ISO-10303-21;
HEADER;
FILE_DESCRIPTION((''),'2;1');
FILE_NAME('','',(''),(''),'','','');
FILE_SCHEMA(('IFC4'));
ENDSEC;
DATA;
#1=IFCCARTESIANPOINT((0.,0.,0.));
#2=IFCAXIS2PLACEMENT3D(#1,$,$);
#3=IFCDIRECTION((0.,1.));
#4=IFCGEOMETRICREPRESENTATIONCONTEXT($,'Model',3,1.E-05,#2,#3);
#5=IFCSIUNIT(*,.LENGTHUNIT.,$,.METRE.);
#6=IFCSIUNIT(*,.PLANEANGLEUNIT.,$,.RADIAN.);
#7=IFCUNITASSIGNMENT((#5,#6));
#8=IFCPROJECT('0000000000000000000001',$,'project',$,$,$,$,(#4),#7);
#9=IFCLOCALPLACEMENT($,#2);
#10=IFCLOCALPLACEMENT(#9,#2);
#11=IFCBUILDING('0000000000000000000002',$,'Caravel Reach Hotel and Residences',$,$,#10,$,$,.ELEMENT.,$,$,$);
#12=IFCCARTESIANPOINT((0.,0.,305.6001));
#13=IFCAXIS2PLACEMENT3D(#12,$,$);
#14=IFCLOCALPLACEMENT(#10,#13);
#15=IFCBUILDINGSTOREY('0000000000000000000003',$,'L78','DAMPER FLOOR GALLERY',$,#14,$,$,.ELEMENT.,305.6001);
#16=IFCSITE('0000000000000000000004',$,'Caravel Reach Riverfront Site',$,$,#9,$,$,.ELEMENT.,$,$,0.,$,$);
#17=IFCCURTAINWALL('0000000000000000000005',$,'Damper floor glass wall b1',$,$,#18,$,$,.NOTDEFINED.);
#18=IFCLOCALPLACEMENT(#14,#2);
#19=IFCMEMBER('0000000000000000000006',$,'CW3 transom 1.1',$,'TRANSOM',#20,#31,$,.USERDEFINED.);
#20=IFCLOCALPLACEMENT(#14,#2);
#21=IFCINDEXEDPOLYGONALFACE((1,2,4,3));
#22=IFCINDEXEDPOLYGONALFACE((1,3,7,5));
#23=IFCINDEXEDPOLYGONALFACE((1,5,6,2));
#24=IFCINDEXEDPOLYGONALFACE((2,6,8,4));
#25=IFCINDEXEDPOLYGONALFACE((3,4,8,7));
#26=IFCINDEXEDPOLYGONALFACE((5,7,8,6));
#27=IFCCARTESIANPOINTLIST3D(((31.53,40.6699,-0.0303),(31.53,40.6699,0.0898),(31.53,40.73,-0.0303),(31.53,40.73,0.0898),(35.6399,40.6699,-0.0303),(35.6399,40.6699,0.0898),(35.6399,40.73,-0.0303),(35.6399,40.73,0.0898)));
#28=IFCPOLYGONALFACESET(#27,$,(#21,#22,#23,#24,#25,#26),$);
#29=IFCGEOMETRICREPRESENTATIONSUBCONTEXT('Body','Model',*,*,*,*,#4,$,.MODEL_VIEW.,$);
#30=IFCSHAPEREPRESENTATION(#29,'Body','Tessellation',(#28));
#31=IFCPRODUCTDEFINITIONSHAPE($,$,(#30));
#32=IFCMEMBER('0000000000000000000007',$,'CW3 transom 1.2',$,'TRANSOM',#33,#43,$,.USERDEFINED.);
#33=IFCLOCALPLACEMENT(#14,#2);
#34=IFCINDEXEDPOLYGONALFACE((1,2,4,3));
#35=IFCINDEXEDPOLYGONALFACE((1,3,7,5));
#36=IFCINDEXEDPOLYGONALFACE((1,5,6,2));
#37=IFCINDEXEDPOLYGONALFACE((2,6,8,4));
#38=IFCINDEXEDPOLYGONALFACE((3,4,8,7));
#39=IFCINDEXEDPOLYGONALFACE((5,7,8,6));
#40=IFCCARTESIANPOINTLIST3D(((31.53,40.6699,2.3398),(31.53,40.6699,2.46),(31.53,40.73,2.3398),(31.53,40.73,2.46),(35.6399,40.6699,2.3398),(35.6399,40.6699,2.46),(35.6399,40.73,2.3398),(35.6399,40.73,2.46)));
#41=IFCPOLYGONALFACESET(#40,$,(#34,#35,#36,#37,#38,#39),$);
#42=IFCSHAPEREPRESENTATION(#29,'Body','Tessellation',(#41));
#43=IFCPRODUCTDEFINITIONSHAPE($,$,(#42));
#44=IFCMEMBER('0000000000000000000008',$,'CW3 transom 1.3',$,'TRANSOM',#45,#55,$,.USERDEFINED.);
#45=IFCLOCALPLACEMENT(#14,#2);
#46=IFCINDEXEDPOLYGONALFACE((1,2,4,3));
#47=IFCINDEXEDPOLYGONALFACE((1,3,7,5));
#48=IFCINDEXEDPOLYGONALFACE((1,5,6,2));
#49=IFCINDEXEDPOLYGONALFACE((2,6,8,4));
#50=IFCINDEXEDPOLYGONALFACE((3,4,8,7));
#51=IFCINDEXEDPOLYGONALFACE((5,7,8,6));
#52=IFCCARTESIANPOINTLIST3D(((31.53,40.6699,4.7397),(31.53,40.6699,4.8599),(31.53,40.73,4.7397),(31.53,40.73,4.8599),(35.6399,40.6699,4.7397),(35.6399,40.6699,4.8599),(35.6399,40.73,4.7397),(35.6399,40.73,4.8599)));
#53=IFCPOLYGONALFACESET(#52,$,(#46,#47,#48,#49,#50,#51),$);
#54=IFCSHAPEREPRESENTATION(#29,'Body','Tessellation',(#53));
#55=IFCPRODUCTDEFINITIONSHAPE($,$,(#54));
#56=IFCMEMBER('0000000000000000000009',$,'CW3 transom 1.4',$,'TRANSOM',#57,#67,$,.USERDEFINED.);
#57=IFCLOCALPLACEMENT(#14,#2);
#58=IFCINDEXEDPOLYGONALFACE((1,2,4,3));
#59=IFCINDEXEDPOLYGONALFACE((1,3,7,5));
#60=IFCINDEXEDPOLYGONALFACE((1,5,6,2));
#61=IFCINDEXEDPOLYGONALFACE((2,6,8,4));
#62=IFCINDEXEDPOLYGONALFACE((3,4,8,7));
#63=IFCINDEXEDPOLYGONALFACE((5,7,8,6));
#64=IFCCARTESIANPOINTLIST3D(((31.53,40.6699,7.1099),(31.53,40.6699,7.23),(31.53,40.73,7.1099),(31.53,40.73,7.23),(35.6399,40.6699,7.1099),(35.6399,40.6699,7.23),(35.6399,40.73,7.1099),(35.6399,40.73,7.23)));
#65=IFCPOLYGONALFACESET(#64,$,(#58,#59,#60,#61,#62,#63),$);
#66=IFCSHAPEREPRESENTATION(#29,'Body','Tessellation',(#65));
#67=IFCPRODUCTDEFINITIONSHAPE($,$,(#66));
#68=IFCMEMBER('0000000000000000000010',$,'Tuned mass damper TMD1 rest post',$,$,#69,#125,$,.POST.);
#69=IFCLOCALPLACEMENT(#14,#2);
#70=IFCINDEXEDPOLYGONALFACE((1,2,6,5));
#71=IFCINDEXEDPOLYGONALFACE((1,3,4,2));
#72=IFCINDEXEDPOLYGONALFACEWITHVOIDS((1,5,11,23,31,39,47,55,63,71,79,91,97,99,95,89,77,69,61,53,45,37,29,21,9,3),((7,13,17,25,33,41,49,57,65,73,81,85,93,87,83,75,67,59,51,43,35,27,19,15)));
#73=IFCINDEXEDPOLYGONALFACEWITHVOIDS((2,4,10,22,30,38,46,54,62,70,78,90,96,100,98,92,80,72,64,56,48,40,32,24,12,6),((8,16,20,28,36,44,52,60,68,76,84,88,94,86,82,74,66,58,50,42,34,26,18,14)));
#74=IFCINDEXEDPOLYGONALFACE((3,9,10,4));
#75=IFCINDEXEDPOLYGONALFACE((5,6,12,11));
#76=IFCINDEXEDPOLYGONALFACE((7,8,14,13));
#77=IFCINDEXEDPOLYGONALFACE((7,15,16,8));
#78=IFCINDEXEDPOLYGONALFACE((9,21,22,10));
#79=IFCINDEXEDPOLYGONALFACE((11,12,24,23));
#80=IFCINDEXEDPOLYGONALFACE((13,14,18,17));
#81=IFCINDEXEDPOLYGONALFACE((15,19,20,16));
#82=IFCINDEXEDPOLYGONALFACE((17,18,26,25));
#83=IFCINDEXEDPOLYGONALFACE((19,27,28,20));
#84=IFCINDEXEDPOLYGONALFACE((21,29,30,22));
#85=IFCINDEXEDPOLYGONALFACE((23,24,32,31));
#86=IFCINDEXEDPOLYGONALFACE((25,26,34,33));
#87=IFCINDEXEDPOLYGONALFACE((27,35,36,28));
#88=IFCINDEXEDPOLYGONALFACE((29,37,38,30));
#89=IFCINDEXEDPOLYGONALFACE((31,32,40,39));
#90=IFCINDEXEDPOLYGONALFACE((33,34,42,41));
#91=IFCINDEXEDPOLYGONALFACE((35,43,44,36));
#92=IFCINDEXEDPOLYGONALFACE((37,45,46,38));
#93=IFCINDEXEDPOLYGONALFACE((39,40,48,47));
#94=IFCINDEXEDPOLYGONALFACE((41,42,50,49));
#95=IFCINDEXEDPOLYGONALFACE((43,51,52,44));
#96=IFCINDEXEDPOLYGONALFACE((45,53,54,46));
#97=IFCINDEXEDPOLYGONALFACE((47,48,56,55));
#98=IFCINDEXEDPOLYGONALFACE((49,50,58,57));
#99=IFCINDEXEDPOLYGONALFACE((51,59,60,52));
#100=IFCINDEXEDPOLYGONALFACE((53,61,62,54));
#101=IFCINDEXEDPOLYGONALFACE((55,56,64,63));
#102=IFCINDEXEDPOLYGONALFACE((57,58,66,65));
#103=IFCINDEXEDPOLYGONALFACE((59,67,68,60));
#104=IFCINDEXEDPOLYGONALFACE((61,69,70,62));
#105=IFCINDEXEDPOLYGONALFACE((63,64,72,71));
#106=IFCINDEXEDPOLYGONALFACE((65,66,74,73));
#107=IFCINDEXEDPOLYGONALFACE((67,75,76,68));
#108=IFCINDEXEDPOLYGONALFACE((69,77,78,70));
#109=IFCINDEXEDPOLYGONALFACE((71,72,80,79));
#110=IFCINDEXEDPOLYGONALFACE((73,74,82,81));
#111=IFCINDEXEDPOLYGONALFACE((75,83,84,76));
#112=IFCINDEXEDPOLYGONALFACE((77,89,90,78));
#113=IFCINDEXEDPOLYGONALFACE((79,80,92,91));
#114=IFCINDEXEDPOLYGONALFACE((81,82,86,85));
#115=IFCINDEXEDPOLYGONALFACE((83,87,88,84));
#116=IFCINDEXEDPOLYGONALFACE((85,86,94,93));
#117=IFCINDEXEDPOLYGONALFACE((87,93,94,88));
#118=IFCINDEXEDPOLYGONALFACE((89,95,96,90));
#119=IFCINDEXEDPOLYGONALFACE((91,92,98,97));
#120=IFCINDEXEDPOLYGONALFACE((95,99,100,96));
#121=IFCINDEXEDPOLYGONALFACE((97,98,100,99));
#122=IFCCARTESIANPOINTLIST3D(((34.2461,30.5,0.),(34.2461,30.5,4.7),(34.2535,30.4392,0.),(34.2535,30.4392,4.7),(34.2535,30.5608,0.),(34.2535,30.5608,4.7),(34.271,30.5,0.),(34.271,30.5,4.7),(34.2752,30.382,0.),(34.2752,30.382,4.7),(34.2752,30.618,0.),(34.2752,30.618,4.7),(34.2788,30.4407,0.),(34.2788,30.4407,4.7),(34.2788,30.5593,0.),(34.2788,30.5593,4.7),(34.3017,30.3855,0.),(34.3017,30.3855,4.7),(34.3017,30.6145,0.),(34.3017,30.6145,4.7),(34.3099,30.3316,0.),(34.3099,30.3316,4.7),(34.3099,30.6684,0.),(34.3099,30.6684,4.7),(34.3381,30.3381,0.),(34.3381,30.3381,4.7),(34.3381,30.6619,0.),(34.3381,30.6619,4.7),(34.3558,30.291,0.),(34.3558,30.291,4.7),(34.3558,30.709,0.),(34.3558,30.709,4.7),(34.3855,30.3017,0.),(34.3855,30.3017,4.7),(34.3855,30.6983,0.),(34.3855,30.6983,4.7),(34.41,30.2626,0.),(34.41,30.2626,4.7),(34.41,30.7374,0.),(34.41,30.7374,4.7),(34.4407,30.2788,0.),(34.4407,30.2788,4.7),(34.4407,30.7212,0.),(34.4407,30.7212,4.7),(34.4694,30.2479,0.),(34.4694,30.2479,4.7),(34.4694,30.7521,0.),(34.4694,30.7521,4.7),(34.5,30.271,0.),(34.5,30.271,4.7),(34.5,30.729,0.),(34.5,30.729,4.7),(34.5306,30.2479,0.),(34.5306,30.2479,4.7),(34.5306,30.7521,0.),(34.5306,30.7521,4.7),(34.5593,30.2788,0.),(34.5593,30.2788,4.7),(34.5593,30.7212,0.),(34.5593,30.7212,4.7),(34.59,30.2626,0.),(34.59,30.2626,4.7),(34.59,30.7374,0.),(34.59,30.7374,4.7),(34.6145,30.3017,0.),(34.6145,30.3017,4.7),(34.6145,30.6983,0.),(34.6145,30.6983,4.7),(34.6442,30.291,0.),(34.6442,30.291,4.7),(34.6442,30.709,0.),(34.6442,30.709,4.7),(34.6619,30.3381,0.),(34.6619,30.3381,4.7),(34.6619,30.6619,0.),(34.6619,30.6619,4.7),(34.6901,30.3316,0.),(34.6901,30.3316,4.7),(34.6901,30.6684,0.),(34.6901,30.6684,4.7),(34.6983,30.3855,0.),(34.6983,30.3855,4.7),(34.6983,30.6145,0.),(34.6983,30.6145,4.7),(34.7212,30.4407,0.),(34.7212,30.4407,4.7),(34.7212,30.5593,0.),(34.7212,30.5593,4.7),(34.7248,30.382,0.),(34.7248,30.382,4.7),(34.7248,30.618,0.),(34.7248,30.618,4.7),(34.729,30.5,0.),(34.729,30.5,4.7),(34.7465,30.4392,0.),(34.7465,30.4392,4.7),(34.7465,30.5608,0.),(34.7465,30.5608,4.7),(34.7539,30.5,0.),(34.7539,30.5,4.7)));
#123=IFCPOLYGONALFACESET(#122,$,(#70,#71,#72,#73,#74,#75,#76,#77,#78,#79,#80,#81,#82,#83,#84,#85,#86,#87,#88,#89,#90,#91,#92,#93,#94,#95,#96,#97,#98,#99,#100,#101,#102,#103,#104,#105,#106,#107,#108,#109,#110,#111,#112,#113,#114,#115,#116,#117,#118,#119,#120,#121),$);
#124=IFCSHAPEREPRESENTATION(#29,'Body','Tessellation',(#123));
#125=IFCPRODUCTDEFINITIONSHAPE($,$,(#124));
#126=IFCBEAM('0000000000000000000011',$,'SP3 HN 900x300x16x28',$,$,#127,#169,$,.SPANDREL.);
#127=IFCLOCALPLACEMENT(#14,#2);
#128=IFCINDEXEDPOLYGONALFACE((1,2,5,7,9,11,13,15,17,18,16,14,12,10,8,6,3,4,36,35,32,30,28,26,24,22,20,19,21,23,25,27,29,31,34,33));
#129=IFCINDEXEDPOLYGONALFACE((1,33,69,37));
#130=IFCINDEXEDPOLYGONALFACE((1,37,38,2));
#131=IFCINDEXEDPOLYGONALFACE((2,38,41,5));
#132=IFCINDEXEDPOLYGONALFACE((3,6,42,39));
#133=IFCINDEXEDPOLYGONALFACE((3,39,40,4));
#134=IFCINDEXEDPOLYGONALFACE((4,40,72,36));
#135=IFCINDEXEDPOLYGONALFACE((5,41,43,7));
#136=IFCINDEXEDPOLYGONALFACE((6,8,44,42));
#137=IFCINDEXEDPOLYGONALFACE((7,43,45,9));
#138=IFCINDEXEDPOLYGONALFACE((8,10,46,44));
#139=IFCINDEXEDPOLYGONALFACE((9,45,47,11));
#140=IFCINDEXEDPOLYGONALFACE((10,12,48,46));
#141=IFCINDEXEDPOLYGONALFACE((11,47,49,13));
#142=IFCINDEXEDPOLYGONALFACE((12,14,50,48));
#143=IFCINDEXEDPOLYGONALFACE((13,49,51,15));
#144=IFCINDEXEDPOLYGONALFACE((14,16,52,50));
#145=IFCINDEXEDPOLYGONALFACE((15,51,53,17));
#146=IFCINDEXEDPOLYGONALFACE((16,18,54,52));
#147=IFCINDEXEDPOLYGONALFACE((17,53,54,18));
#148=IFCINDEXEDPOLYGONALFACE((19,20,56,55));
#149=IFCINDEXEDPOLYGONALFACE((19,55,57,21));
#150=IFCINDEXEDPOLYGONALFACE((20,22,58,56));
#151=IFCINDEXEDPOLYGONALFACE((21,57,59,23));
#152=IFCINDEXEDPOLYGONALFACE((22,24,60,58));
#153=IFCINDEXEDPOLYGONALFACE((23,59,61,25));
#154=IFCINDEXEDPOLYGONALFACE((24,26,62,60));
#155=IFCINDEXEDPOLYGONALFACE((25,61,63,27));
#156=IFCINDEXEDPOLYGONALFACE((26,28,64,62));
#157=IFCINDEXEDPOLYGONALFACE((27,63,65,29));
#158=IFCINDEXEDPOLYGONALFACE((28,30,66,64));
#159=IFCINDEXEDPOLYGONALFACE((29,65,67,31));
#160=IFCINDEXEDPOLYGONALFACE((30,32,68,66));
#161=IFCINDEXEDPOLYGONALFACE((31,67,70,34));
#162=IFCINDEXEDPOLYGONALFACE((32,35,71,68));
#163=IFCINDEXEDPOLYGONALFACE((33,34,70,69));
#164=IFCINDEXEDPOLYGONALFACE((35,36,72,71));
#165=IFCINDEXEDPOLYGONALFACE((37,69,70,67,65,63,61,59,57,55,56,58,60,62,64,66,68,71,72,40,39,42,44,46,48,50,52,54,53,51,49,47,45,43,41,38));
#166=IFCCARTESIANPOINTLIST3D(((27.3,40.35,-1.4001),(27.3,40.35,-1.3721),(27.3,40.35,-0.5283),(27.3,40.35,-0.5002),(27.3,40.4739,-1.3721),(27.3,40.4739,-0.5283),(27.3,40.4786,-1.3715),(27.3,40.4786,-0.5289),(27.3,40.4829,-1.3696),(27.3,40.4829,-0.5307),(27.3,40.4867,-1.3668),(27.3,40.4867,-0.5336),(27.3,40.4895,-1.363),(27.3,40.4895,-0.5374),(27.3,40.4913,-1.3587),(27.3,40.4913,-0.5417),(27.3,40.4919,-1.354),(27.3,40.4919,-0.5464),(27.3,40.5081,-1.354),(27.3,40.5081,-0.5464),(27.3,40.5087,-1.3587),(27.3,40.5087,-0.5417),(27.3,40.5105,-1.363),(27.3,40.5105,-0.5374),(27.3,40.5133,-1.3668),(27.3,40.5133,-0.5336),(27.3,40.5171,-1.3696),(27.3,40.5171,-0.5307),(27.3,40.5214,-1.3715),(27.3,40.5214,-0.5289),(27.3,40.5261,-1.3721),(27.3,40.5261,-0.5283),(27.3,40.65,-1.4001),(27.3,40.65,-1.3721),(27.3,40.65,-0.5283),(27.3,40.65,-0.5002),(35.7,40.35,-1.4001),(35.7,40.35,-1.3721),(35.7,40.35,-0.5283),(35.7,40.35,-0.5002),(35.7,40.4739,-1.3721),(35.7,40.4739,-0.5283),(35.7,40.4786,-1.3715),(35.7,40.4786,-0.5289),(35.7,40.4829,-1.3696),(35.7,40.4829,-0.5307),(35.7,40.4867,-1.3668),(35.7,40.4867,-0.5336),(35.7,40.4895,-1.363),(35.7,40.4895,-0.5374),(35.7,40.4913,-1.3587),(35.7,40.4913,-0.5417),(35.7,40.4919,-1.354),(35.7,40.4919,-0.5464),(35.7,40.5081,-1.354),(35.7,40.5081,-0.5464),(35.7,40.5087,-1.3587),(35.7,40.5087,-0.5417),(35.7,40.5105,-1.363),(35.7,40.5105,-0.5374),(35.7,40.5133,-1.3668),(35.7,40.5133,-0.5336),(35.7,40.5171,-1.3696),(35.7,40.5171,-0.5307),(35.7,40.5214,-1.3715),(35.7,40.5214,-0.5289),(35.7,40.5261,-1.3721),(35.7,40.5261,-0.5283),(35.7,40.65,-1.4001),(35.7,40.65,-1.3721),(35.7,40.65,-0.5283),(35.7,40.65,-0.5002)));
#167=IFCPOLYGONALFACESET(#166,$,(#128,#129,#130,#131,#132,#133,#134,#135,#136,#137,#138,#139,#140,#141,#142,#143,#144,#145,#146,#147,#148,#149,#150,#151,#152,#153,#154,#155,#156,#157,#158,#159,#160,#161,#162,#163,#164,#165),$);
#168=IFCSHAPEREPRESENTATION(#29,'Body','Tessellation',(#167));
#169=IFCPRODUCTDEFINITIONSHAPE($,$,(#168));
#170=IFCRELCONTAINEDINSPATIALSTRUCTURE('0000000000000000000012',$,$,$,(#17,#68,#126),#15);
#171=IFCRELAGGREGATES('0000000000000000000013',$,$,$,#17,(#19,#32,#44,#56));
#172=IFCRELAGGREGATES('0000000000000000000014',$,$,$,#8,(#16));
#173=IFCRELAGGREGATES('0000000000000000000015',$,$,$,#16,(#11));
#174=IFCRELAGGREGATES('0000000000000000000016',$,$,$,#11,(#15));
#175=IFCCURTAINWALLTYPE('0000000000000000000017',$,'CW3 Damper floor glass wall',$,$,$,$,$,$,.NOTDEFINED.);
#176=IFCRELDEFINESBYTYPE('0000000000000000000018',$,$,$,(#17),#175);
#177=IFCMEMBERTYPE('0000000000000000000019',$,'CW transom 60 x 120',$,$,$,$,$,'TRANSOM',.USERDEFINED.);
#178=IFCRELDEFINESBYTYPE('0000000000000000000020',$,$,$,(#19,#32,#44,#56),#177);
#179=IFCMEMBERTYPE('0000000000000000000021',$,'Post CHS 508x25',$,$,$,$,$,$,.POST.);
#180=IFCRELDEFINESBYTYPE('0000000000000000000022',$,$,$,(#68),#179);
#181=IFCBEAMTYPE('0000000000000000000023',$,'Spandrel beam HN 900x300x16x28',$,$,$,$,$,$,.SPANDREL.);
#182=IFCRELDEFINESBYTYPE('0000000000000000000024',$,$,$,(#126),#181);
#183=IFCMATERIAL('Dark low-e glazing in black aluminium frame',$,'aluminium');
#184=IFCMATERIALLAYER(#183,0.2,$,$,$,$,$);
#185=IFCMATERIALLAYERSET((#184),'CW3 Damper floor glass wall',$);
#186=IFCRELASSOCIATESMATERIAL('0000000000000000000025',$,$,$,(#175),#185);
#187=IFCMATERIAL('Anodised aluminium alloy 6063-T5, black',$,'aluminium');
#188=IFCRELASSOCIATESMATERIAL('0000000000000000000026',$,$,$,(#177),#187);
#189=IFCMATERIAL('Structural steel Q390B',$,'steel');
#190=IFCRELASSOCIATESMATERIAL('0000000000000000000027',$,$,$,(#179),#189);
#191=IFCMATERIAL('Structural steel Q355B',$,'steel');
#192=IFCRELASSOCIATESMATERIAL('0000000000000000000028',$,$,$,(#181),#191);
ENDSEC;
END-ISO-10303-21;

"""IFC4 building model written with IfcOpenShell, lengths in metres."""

from ifc_helpers import new_model, si_unit, direction, frame, origin, origin_2d, place, context, subcontext, project, spatial, rectangle, hollow_circle, i_section, extrude, material, layer, layer_set, material_profile, profile_set, type_object, element, aggregate, save


model = new_model("IFC4")

# Units and contexts
model_context = context("Model", 3, precision=1e-05, world=origin(), true_north=direction((0.0, 1.0)))
body_context = subcontext(model_context, "Body", "Model", "MODEL_VIEW")
ifc_project = project(units=[si_unit("LENGTHUNIT", "METRE"), si_unit("PLANEANGLEUNIT", "RADIAN")], contexts=[model_context])

# Site, building, storey
site_placement = place(None, origin())
site = spatial("IfcSite", under=ifc_project, at=site_placement, Name="Caravel Reach Riverfront Site", CompositionType="ELEMENT", RefElevation=0.0)
building_placement = place(site_placement, origin())
building = spatial("IfcBuilding", under=site, at=building_placement, Name="Caravel Reach Hotel and Residences", CompositionType="ELEMENT")
storey_placement = place(building_placement, frame((0.0, 0.0, 305.6001)))
storey = spatial("IfcBuildingStorey", under=building, at=storey_placement, Name="L78", Description="DAMPER FLOOR GALLERY", CompositionType="ELEMENT", Elevation=305.6001)

# Shared definitions
ifc_material_1 = material(Name="Dark low-e glazing in black aluminium frame", Category="aluminium")
ifc_layer_1 = layer(ifc_material_1, 0.2)
ifc_layer_set_1 = layer_set([ifc_layer_1], Name="CW3 Damper floor glass wall")
curtain_wall_type = type_object("IfcCurtainWallType", Name="CW3 Damper floor glass wall", PredefinedType="NOTDEFINED", material=ifc_layer_set_1)

# Curtain wall, members
curtain_wall_1_placement = place(storey_placement, origin())
curtain_wall_1 = element("IfcCurtainWall", 1, at=curtain_wall_1_placement, inside=storey, type_object=curtain_wall_type, Name="Damper floor glass wall b1", PredefinedType="NOTDEFINED")
ifc_material_2 = material(Name="Anodised aluminium alloy 6063-T5, black", Category="aluminium")
ifc_material_profile_1 = material_profile(ifc_material_2, rectangle(XDim=0.0601, YDim=0.1201, at=origin_2d()), Name="CW transom 60 x 120")
ifc_profile_set_1 = profile_set([ifc_material_profile_1], Name="Anodised aluminium alloy 6063-T5, black")
member_type_1 = type_object("IfcMemberType", Name="CW transom 60 x 120", ElementType="TRANSOM", PredefinedType="USERDEFINED", material=ifc_profile_set_1)
member_1_placement = place(storey_placement, frame((35.6399, 40.7, 0.0298), z_axis=(-1.0, 0.0, 0.0), x_axis=(0.0, -1.0, 0.0)))
member_1 = element("IfcMember", 2, at=member_1_placement, type_object=member_type_1, Name="CW3 transom 1.1", ObjectType="TRANSOM", PredefinedType="USERDEFINED", context=body_context, shape_type="SweptSolid", body=[
    extrude(rectangle(XDim=0.0601, YDim=0.1201, at=origin_2d()), origin(), (0.0, 0.0, 1.0), 4.1099),
])
member_2_placement = place(storey_placement, frame((35.6399, 40.7, 2.3999), z_axis=(-1.0, 0.0, 0.0), x_axis=(0.0, -1.0, 0.0)))
member_2 = element("IfcMember", 3, at=member_2_placement, type_object=member_type_1, Name="CW3 transom 1.2", ObjectType="TRANSOM", PredefinedType="USERDEFINED", context=body_context, shape_type="SweptSolid", body=[
    extrude(rectangle(XDim=0.0601, YDim=0.1201, at=origin_2d()), origin(), (0.0, 0.0, 1.0), 4.1099),
])
member_3_placement = place(storey_placement, frame((35.6399, 40.7, 4.7998), z_axis=(-1.0, 0.0, 0.0), x_axis=(0.0, -1.0, 0.0)))
member_3 = element("IfcMember", 4, at=member_3_placement, type_object=member_type_1, Name="CW3 transom 1.3", ObjectType="TRANSOM", PredefinedType="USERDEFINED", context=body_context, shape_type="SweptSolid", body=[
    extrude(rectangle(XDim=0.0601, YDim=0.1201, at=origin_2d()), origin(), (0.0, 0.0, 1.0), 4.1099),
])
member_4_placement = place(storey_placement, frame((35.6399, 40.7, 7.1699), z_axis=(-1.0, 0.0, 0.0), x_axis=(0.0, -1.0, 0.0)))
member_4 = element("IfcMember", 5, at=member_4_placement, type_object=member_type_1, Name="CW3 transom 1.4", ObjectType="TRANSOM", PredefinedType="USERDEFINED", context=body_context, shape_type="SweptSolid", body=[
    extrude(rectangle(XDim=0.0601, YDim=0.1201, at=origin_2d()), origin(), (0.0, 0.0, 1.0), 4.1099),
])

# Member
ifc_material_3 = material(Name="Structural steel Q390B", Category="steel")
ifc_material_profile_2 = material_profile(ifc_material_3, hollow_circle(Radius=0.2539, WallThickness=0.0249, at=origin_2d()), Name="CHS 508x25")
ifc_profile_set_2 = profile_set([ifc_material_profile_2], Name="Structural steel Q390B")
member_type_2 = type_object("IfcMemberType", Name="Post CHS 508x25", PredefinedType="POST", material=ifc_profile_set_2)
member_5_placement = place(storey_placement, frame((34.5, 30.5, 0.0), z_axis=(0.0, 0.0, 1.0), x_axis=(1.0, 0.0, 0.0)))
element("IfcMember", 6, at=member_5_placement, inside=storey, type_object=member_type_2, Name="Tuned mass damper TMD1 rest post", PredefinedType="POST", context=body_context, shape_type="SweptSolid", body=[
    extrude(hollow_circle(Radius=0.2539, WallThickness=0.0249, at=origin_2d()), origin(), (0.0, 0.0, 1.0), 4.7),
])

# Beam
ifc_material_4 = material(Name="Structural steel Q355B", Category="steel")
ifc_material_profile_3 = material_profile(ifc_material_4, i_section(OverallWidth=0.3, OverallDepth=0.8999, WebThickness=0.0161, FlangeThickness=0.0281, FilletRadius=0.0181, at=origin_2d()), Name="HN 900x300x16x28")
ifc_profile_set_3 = profile_set([ifc_material_profile_3], Name="Structural steel Q355B")
beam_type = type_object("IfcBeamType", Name="Spandrel beam HN 900x300x16x28", PredefinedType="SPANDREL", material=ifc_profile_set_3)
beam_placement = place(storey_placement, frame((35.7, 40.5, -0.9502), z_axis=(-1.0, 0.0, 0.0), x_axis=(0.0, -1.0, 0.0)))
element("IfcBeam", 7, at=beam_placement, inside=storey, type_object=beam_type, Name="SP3 HN 900x300x16x28", PredefinedType="SPANDREL", context=body_context, shape_type="SweptSolid", body=[
    extrude(i_section(OverallWidth=0.3, OverallDepth=0.8999, WebThickness=0.0161, FlangeThickness=0.0281, FilletRadius=0.0181, at=origin_2d()), origin(), (0.0, 0.0, 1.0), 8.3999),
])

aggregate(curtain_wall_1, [member_1, member_2, member_3, member_4])

save(model, "model.ifc")
